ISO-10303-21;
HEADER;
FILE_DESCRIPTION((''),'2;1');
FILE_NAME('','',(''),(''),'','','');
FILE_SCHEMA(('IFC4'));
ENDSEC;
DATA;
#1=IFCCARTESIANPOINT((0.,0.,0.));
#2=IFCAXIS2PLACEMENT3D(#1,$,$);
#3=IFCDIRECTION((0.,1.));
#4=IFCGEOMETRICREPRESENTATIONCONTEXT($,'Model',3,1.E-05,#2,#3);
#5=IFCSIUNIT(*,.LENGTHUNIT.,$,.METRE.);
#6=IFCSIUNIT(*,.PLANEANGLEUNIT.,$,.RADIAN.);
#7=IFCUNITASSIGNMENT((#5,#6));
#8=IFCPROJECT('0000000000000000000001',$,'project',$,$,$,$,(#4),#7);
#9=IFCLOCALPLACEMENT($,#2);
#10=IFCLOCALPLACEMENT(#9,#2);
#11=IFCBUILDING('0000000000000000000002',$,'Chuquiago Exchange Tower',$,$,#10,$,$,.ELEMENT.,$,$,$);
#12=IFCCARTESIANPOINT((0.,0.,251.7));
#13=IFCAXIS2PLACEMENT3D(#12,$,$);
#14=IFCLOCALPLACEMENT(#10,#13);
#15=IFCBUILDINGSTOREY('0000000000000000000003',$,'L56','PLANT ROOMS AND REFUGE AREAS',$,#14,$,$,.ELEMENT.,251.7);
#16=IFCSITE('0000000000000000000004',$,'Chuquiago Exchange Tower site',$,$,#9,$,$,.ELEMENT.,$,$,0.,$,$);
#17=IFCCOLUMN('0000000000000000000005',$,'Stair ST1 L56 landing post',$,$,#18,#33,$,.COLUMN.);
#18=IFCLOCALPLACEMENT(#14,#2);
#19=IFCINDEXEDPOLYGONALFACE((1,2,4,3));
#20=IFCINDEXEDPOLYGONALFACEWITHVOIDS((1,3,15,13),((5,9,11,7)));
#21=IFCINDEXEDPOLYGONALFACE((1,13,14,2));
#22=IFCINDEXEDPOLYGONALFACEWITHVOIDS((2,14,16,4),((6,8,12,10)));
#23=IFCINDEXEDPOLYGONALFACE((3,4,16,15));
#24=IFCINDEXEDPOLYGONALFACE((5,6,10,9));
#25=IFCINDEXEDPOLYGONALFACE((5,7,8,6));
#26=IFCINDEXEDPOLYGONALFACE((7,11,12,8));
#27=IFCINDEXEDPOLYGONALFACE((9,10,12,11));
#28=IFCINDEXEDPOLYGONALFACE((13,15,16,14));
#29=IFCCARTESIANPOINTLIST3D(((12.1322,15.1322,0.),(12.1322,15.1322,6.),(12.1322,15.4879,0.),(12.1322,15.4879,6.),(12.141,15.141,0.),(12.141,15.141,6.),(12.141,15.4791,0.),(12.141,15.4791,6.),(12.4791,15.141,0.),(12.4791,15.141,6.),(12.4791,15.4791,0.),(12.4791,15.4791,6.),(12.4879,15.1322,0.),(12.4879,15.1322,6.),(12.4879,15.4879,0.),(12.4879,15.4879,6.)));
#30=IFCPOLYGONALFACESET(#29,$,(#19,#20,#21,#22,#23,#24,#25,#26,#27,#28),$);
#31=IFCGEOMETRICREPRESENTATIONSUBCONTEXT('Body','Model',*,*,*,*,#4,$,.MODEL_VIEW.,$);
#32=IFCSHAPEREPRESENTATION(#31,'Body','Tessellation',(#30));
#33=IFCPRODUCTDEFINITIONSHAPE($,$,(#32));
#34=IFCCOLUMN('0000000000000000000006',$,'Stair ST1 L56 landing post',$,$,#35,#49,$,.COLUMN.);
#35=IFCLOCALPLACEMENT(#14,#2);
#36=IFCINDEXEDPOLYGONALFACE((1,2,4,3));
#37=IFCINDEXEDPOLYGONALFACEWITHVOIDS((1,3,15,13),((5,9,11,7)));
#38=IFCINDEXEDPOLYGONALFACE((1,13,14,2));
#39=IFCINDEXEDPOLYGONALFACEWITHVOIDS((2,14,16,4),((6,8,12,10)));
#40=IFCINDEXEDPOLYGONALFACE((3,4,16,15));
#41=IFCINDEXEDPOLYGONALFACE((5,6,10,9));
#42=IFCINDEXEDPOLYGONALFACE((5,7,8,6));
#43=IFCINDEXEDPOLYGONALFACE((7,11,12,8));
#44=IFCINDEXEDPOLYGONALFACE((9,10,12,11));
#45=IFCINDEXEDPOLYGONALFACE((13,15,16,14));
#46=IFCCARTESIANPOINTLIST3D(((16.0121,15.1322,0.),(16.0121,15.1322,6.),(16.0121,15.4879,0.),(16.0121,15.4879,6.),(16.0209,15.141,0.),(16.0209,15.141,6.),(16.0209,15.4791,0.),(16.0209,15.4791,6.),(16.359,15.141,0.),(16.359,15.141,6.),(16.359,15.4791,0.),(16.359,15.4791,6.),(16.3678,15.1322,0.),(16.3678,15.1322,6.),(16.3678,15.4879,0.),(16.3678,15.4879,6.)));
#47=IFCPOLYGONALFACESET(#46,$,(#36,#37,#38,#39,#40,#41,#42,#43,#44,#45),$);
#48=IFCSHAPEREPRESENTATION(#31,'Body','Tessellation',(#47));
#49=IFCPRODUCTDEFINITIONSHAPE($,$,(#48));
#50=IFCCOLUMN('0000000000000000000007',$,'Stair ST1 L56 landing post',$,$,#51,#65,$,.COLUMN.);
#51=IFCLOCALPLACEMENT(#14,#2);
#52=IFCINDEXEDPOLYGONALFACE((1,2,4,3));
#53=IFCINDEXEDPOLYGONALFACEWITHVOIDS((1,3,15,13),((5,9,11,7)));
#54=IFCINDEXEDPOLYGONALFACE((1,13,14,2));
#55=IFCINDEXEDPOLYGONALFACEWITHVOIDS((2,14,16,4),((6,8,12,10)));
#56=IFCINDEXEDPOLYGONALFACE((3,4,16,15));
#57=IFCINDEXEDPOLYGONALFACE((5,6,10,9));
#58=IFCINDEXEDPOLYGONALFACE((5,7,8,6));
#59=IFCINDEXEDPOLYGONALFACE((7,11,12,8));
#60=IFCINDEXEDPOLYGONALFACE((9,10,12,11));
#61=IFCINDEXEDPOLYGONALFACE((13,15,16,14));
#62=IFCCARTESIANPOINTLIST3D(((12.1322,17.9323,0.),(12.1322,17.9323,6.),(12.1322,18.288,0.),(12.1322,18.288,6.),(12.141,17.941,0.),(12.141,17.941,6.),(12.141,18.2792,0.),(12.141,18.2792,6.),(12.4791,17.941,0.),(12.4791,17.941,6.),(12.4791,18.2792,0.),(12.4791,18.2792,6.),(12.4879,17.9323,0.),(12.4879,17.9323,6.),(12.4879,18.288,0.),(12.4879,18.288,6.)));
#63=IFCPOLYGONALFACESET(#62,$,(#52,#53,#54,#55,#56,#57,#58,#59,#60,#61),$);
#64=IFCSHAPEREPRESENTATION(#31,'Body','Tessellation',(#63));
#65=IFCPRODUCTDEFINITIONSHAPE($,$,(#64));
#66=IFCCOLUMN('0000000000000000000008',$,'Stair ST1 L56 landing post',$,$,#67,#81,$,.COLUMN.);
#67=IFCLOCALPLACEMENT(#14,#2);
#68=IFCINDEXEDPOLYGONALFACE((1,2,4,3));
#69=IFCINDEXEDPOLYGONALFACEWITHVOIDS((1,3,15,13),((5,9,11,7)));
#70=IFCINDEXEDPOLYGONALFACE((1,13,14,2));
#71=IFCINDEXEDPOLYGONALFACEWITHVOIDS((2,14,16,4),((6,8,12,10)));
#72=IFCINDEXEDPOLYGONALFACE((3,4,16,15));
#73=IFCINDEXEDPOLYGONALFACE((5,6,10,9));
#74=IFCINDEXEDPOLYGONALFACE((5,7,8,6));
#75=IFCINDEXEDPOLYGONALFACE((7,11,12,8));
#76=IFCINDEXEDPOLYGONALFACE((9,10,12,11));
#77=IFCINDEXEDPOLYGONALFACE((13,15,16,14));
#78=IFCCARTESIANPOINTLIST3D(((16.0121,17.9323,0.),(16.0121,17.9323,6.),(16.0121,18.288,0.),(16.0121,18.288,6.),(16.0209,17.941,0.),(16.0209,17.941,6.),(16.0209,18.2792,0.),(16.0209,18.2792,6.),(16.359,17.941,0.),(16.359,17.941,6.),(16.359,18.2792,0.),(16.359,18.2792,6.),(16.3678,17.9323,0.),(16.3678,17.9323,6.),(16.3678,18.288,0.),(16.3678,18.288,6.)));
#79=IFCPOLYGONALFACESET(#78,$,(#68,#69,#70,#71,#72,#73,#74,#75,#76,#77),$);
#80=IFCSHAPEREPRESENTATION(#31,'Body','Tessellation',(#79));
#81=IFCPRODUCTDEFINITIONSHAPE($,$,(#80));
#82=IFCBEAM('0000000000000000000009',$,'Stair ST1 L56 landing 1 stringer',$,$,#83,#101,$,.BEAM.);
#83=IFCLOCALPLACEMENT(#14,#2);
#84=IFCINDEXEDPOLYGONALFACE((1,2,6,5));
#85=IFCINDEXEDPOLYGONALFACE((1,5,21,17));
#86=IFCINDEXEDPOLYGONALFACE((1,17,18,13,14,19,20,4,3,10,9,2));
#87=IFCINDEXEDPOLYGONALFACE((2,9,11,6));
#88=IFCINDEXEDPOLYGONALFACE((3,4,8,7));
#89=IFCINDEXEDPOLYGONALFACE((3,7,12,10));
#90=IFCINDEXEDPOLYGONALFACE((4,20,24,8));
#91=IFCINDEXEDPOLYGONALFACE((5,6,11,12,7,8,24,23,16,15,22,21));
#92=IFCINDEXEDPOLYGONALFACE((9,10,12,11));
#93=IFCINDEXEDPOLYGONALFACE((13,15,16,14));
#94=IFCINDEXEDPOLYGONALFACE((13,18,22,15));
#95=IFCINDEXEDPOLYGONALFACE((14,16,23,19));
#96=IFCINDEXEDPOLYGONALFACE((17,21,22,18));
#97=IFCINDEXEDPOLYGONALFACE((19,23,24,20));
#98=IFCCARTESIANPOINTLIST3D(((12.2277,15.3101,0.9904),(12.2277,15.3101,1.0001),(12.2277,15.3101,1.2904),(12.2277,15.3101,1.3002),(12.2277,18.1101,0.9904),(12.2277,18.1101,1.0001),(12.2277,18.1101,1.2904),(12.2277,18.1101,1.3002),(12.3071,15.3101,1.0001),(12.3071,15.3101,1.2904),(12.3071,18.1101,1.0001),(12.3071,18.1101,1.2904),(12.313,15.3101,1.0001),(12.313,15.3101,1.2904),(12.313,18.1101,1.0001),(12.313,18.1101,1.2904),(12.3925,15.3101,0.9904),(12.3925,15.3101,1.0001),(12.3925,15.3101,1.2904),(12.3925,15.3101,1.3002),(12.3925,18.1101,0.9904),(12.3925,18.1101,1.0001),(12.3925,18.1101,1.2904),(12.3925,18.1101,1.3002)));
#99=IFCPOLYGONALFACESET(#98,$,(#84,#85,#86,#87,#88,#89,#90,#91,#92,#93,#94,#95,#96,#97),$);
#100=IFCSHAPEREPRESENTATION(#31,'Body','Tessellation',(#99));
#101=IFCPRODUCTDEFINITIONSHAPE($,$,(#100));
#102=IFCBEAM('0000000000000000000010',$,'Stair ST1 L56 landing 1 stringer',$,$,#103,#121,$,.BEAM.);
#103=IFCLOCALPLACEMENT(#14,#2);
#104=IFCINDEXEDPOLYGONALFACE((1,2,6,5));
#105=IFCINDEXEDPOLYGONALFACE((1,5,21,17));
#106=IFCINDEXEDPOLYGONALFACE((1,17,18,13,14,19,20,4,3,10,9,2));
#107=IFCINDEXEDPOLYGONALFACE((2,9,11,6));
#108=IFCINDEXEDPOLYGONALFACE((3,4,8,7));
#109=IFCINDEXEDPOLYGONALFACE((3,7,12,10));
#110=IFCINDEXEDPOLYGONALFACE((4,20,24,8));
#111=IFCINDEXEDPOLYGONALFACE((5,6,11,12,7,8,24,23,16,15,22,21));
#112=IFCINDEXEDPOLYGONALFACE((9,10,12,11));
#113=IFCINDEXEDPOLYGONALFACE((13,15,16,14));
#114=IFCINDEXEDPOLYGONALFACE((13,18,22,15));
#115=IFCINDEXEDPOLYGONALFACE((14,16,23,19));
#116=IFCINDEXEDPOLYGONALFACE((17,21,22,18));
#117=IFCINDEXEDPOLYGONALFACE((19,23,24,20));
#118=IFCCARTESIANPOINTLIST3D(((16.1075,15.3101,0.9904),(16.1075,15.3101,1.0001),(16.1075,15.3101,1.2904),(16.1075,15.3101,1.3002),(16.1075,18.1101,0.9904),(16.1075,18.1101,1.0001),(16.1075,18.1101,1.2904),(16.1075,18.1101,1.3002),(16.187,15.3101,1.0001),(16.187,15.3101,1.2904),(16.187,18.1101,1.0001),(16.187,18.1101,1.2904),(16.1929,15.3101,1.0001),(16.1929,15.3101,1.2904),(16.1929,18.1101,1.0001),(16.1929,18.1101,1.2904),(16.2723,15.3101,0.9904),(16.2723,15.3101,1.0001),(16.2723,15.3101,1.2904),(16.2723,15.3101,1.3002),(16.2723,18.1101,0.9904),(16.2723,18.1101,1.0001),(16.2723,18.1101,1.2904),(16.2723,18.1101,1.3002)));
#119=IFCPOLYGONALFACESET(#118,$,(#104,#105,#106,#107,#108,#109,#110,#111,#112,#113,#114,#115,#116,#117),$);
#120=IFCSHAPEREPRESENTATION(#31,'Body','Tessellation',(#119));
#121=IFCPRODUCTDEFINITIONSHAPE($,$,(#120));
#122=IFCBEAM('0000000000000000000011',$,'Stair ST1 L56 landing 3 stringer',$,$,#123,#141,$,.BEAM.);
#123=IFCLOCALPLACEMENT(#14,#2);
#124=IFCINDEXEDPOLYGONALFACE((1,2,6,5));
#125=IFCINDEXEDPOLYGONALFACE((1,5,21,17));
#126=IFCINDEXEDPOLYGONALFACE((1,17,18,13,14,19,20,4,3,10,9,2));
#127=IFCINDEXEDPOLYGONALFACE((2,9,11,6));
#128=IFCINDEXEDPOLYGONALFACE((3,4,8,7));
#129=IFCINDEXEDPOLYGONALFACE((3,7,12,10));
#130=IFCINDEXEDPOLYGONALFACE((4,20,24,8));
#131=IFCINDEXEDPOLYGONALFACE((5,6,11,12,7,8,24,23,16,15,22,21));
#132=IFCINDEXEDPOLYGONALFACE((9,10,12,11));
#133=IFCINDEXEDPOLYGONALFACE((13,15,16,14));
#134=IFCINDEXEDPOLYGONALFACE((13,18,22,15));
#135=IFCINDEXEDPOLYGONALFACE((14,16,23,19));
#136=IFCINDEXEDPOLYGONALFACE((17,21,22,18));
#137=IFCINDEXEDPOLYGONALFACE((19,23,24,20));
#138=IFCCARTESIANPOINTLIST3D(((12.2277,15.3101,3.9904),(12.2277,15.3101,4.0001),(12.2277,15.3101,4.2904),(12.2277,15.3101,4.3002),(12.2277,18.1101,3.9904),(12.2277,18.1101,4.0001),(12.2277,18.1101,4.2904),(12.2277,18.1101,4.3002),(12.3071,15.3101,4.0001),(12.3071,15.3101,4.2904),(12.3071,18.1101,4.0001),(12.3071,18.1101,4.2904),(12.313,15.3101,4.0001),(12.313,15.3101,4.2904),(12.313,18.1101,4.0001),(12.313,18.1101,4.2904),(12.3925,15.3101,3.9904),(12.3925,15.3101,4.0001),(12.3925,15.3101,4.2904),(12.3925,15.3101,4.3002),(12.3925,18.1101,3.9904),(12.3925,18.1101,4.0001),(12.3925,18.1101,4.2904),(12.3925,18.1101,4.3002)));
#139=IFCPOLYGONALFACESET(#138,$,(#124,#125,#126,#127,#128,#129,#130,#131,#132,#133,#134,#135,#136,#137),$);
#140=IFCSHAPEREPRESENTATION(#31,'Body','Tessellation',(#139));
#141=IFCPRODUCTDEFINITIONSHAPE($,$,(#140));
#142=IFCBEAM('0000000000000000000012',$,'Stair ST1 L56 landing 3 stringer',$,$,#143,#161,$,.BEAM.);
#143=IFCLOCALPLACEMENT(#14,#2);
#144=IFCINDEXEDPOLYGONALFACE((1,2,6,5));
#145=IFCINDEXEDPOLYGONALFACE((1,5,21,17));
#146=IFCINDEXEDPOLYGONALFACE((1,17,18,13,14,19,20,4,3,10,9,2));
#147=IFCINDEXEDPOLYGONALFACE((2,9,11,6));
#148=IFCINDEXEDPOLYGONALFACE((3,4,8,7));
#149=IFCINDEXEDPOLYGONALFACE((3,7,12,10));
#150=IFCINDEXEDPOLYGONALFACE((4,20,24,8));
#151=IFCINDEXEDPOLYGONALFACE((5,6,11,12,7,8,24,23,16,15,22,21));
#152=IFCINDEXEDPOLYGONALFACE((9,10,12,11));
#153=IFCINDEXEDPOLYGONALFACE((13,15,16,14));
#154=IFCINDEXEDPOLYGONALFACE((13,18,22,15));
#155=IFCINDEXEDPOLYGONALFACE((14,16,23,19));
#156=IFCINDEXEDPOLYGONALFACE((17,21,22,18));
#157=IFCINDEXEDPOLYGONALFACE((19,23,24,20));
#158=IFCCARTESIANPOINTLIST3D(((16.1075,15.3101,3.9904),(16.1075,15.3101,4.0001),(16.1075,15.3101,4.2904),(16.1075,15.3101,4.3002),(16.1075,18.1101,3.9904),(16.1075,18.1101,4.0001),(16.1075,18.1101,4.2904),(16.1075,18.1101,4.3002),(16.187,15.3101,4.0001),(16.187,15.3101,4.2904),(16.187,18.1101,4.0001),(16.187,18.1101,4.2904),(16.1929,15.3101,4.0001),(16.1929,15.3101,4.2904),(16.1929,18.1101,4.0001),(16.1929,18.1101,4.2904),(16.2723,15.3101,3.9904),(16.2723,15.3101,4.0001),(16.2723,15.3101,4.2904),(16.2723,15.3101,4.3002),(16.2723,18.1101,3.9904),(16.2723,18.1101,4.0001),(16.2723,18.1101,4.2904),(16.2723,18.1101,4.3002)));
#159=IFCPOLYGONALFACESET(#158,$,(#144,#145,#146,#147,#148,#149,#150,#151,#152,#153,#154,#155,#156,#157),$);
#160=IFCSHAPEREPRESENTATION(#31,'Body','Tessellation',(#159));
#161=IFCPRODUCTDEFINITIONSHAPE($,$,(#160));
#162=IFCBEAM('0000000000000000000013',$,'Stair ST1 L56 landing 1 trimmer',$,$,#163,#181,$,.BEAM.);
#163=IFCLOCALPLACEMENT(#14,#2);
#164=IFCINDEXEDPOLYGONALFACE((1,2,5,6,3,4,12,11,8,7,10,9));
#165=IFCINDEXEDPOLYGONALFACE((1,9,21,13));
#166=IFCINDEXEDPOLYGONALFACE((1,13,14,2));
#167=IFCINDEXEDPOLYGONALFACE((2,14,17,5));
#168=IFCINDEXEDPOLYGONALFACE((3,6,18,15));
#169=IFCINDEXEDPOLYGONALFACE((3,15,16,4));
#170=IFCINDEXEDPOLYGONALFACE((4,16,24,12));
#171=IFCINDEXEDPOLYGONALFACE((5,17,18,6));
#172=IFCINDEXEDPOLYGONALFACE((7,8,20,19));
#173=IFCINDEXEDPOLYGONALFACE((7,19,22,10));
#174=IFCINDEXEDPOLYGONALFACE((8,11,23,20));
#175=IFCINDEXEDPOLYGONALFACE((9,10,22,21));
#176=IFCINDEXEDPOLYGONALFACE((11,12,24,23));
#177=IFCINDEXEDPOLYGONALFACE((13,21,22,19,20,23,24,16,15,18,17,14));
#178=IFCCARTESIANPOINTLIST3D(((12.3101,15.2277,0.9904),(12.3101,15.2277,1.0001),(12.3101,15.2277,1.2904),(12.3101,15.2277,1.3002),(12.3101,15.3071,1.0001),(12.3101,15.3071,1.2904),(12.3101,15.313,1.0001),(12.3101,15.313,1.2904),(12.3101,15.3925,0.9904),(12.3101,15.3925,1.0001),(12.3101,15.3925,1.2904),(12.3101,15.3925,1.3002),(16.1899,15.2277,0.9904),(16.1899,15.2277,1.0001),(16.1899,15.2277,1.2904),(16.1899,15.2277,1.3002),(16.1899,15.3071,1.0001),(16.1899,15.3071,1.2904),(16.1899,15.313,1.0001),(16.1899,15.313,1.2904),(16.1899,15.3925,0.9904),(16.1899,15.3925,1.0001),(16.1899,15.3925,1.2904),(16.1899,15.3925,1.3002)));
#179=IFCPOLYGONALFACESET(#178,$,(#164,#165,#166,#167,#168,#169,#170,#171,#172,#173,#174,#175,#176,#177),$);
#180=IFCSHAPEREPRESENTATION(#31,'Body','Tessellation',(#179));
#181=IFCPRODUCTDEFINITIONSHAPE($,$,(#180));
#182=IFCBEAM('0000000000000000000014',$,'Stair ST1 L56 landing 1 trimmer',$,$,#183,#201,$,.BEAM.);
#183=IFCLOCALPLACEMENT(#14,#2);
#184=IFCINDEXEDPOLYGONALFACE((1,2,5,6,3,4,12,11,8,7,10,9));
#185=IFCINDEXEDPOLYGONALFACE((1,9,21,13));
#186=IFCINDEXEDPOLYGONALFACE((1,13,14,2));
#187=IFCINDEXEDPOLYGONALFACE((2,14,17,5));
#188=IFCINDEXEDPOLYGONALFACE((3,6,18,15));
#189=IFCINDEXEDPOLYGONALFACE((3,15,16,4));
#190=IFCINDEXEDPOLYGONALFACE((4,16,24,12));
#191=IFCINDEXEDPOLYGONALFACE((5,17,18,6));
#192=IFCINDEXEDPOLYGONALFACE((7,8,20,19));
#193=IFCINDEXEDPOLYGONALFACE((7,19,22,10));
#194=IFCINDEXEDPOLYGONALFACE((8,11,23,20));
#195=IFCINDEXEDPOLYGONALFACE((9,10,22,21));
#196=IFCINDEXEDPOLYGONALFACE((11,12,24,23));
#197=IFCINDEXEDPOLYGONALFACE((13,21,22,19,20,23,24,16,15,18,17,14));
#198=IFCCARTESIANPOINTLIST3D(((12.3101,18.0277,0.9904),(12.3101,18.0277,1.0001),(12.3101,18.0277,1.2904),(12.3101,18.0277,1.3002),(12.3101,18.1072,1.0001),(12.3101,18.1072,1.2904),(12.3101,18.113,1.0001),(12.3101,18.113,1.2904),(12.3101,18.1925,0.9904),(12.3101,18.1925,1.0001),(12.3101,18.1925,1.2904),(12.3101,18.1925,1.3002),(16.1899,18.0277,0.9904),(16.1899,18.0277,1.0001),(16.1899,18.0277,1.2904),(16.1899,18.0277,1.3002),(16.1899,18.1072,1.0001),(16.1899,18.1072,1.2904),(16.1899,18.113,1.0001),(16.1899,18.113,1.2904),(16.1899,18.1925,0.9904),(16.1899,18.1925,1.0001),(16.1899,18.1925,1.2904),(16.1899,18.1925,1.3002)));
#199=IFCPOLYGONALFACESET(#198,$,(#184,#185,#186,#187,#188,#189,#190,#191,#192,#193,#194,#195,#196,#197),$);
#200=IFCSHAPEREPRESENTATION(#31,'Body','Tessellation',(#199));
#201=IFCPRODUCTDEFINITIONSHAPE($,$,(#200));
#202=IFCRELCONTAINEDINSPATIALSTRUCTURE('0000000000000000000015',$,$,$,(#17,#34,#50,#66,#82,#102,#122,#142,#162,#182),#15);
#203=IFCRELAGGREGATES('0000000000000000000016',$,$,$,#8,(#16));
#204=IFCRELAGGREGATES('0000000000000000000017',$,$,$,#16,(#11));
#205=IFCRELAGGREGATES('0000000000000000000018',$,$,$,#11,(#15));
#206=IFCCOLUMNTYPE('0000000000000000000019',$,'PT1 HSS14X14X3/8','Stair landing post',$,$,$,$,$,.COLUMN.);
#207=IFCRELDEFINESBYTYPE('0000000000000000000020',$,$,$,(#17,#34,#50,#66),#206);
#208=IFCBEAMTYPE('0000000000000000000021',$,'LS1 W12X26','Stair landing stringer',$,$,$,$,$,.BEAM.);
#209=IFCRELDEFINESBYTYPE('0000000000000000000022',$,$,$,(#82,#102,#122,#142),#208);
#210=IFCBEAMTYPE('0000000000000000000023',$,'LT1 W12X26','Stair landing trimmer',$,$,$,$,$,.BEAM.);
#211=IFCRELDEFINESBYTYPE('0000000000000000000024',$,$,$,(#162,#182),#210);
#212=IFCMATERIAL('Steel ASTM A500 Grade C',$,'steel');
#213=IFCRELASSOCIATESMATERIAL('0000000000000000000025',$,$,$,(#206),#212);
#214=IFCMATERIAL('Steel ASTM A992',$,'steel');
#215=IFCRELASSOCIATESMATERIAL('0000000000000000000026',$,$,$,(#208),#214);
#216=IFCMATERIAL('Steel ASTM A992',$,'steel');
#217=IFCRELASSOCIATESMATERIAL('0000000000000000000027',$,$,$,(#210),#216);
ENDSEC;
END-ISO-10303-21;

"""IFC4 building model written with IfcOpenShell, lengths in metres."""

from ifc_helpers import new_model, si_unit, direction, frame, origin, origin_2d, place, context, subcontext, project, spatial, hollow_rectangle, i_section, extrude, material, material_profile, profile_set, type_object, element, save


model = new_model("IFC4")

# Units and contexts
model_context = context("Model", 3, precision=1e-05, world=origin(), true_north=direction((0.0, 1.0)))
body_context = subcontext(model_context, "Body", "Model", "MODEL_VIEW")
ifc_project = project(units=[si_unit("LENGTHUNIT", "METRE"), si_unit("PLANEANGLEUNIT", "RADIAN")], contexts=[model_context])

# Site, building, storey
site_placement = place(None, origin())
site = spatial("IfcSite", under=ifc_project, at=site_placement, Name="Chuquiago Exchange Tower site", CompositionType="ELEMENT", RefElevation=0.0)
building_placement = place(site_placement, origin())
building = spatial("IfcBuilding", under=site, at=building_placement, Name="Chuquiago Exchange Tower", CompositionType="ELEMENT")
storey_placement = place(building_placement, frame((0.0, 0.0, 251.7)))
storey = spatial("IfcBuildingStorey", under=building, at=storey_placement, Name="L56", Description="PLANT ROOMS AND REFUGE AREAS", CompositionType="ELEMENT", Elevation=251.7)

# Columns
ifc_material_1 = material(Name="Steel ASTM A500 Grade C", Category="steel")
ifc_material_profile_1 = material_profile(ifc_material_1, hollow_rectangle(XDim=0.3557, YDim=0.3557, WallThickness=0.0088, at=origin_2d()), Name="HSS14X14X3/8")
ifc_profile_set_1 = profile_set([ifc_material_profile_1], Name="Steel ASTM A500 Grade C")
column_type = type_object("IfcColumnType", Name="PT1 HSS14X14X3/8", Description="Stair landing post", PredefinedType="COLUMN", material=ifc_profile_set_1)
for number, where, z_axis, x_axis, name in (
    (1, (12.3101, 15.3101, 0.0), (0.0, 0.0, 1.0), (1.0, 0.0, 0.0), "Stair ST1 L56 landing post"),
    (2, (16.1899, 15.3101, 0.0), (0.0, 0.0, 1.0), (1.0, 0.0, 0.0), "Stair ST1 L56 landing post"),
    (3, (12.3101, 18.1101, 0.0), (0.0, 0.0, 1.0), (1.0, 0.0, 0.0), "Stair ST1 L56 landing post"),
    (4, (16.1899, 18.1101, 0.0), (0.0, 0.0, 1.0), (1.0, 0.0, 0.0), "Stair ST1 L56 landing post"),
):
    element("IfcColumn", number, at=place(storey_placement, frame(where, z_axis=z_axis, x_axis=x_axis)), inside=storey, type_object=column_type, Name=name, PredefinedType="COLUMN", context=body_context, shape_type="SweptSolid", body=[
        extrude(hollow_rectangle(XDim=0.3557, YDim=0.3557, WallThickness=0.0088, at=origin_2d()), origin(), (0.0, 0.0, 1.0), 6.0),
    ])

# Beams
ifc_material_2 = material(Name="Steel ASTM A992", Category="steel")
ifc_material_profile_2 = material_profile(ifc_material_2, i_section(OverallWidth=0.1648, OverallDepth=0.3098, WebThickness=0.0059, FlangeThickness=0.0098, at=origin_2d()), Name="W12X26")
ifc_profile_set_2 = profile_set([ifc_material_profile_2], Name="Steel ASTM A992")
beam_type_1 = type_object("IfcBeamType", Name="LS1 W12X26", Description="Stair landing stringer", PredefinedType="BEAM", material=ifc_profile_set_2)
for number, where, z_axis, x_axis, name in (
    (5, (12.3101, 15.3101, 1.1453), (0.0, 1.0, 0.0), (-1.0, 0.0, 0.0), "Stair ST1 L56 landing 1 stringer"),
    (6, (16.1899, 15.3101, 1.1453), (0.0, 1.0, 0.0), (-1.0, 0.0, 0.0), "Stair ST1 L56 landing 1 stringer"),
    (7, (12.3101, 15.3101, 4.1453), (0.0, 1.0, 0.0), (-1.0, 0.0, 0.0), "Stair ST1 L56 landing 3 stringer"),
    (8, (16.1899, 15.3101, 4.1453), (0.0, 1.0, 0.0), (-1.0, 0.0, 0.0), "Stair ST1 L56 landing 3 stringer"),
):
    element("IfcBeam", number, at=place(storey_placement, frame(where, z_axis=z_axis, x_axis=x_axis)), inside=storey, type_object=beam_type_1, Name=name, PredefinedType="BEAM", context=body_context, shape_type="SweptSolid", body=[
        extrude(i_section(OverallWidth=0.1648, OverallDepth=0.3098, WebThickness=0.0059, FlangeThickness=0.0098, at=origin_2d()), origin(), (0.0, 0.0, 1.0), 2.8),
    ])
ifc_material_3 = material(Name="Steel ASTM A992", Category="steel")
ifc_material_profile_3 = material_profile(ifc_material_3, i_section(OverallWidth=0.1648, OverallDepth=0.3098, WebThickness=0.0059, FlangeThickness=0.0098, at=origin_2d()), Name="W12X26")
ifc_profile_set_3 = profile_set([ifc_material_profile_3], Name="Steel ASTM A992")
beam_type_2 = type_object("IfcBeamType", Name="LT1 W12X26", Description="Stair landing trimmer", PredefinedType="BEAM", material=ifc_profile_set_3)
for number, where, z_axis, x_axis, name in (
    (9, (12.3101, 15.3101, 1.1453), (1.0, 0.0, 0.0), (0.0, 1.0, 0.0), "Stair ST1 L56 landing 1 trimmer"),
    (10, (12.3101, 18.1101, 1.1453), (1.0, 0.0, 0.0), (0.0, 1.0, 0.0), "Stair ST1 L56 landing 1 trimmer"),
):
    element("IfcBeam", number, at=place(storey_placement, frame(where, z_axis=z_axis, x_axis=x_axis)), inside=storey, type_object=beam_type_2, Name=name, PredefinedType="BEAM", context=body_context, shape_type="SweptSolid", body=[
        extrude(i_section(OverallWidth=0.1648, OverallDepth=0.3098, WebThickness=0.0059, FlangeThickness=0.0098, at=origin_2d()), origin(), (0.0, 0.0, 1.0), 3.8799),
    ])

save(model, "model.ifc")
